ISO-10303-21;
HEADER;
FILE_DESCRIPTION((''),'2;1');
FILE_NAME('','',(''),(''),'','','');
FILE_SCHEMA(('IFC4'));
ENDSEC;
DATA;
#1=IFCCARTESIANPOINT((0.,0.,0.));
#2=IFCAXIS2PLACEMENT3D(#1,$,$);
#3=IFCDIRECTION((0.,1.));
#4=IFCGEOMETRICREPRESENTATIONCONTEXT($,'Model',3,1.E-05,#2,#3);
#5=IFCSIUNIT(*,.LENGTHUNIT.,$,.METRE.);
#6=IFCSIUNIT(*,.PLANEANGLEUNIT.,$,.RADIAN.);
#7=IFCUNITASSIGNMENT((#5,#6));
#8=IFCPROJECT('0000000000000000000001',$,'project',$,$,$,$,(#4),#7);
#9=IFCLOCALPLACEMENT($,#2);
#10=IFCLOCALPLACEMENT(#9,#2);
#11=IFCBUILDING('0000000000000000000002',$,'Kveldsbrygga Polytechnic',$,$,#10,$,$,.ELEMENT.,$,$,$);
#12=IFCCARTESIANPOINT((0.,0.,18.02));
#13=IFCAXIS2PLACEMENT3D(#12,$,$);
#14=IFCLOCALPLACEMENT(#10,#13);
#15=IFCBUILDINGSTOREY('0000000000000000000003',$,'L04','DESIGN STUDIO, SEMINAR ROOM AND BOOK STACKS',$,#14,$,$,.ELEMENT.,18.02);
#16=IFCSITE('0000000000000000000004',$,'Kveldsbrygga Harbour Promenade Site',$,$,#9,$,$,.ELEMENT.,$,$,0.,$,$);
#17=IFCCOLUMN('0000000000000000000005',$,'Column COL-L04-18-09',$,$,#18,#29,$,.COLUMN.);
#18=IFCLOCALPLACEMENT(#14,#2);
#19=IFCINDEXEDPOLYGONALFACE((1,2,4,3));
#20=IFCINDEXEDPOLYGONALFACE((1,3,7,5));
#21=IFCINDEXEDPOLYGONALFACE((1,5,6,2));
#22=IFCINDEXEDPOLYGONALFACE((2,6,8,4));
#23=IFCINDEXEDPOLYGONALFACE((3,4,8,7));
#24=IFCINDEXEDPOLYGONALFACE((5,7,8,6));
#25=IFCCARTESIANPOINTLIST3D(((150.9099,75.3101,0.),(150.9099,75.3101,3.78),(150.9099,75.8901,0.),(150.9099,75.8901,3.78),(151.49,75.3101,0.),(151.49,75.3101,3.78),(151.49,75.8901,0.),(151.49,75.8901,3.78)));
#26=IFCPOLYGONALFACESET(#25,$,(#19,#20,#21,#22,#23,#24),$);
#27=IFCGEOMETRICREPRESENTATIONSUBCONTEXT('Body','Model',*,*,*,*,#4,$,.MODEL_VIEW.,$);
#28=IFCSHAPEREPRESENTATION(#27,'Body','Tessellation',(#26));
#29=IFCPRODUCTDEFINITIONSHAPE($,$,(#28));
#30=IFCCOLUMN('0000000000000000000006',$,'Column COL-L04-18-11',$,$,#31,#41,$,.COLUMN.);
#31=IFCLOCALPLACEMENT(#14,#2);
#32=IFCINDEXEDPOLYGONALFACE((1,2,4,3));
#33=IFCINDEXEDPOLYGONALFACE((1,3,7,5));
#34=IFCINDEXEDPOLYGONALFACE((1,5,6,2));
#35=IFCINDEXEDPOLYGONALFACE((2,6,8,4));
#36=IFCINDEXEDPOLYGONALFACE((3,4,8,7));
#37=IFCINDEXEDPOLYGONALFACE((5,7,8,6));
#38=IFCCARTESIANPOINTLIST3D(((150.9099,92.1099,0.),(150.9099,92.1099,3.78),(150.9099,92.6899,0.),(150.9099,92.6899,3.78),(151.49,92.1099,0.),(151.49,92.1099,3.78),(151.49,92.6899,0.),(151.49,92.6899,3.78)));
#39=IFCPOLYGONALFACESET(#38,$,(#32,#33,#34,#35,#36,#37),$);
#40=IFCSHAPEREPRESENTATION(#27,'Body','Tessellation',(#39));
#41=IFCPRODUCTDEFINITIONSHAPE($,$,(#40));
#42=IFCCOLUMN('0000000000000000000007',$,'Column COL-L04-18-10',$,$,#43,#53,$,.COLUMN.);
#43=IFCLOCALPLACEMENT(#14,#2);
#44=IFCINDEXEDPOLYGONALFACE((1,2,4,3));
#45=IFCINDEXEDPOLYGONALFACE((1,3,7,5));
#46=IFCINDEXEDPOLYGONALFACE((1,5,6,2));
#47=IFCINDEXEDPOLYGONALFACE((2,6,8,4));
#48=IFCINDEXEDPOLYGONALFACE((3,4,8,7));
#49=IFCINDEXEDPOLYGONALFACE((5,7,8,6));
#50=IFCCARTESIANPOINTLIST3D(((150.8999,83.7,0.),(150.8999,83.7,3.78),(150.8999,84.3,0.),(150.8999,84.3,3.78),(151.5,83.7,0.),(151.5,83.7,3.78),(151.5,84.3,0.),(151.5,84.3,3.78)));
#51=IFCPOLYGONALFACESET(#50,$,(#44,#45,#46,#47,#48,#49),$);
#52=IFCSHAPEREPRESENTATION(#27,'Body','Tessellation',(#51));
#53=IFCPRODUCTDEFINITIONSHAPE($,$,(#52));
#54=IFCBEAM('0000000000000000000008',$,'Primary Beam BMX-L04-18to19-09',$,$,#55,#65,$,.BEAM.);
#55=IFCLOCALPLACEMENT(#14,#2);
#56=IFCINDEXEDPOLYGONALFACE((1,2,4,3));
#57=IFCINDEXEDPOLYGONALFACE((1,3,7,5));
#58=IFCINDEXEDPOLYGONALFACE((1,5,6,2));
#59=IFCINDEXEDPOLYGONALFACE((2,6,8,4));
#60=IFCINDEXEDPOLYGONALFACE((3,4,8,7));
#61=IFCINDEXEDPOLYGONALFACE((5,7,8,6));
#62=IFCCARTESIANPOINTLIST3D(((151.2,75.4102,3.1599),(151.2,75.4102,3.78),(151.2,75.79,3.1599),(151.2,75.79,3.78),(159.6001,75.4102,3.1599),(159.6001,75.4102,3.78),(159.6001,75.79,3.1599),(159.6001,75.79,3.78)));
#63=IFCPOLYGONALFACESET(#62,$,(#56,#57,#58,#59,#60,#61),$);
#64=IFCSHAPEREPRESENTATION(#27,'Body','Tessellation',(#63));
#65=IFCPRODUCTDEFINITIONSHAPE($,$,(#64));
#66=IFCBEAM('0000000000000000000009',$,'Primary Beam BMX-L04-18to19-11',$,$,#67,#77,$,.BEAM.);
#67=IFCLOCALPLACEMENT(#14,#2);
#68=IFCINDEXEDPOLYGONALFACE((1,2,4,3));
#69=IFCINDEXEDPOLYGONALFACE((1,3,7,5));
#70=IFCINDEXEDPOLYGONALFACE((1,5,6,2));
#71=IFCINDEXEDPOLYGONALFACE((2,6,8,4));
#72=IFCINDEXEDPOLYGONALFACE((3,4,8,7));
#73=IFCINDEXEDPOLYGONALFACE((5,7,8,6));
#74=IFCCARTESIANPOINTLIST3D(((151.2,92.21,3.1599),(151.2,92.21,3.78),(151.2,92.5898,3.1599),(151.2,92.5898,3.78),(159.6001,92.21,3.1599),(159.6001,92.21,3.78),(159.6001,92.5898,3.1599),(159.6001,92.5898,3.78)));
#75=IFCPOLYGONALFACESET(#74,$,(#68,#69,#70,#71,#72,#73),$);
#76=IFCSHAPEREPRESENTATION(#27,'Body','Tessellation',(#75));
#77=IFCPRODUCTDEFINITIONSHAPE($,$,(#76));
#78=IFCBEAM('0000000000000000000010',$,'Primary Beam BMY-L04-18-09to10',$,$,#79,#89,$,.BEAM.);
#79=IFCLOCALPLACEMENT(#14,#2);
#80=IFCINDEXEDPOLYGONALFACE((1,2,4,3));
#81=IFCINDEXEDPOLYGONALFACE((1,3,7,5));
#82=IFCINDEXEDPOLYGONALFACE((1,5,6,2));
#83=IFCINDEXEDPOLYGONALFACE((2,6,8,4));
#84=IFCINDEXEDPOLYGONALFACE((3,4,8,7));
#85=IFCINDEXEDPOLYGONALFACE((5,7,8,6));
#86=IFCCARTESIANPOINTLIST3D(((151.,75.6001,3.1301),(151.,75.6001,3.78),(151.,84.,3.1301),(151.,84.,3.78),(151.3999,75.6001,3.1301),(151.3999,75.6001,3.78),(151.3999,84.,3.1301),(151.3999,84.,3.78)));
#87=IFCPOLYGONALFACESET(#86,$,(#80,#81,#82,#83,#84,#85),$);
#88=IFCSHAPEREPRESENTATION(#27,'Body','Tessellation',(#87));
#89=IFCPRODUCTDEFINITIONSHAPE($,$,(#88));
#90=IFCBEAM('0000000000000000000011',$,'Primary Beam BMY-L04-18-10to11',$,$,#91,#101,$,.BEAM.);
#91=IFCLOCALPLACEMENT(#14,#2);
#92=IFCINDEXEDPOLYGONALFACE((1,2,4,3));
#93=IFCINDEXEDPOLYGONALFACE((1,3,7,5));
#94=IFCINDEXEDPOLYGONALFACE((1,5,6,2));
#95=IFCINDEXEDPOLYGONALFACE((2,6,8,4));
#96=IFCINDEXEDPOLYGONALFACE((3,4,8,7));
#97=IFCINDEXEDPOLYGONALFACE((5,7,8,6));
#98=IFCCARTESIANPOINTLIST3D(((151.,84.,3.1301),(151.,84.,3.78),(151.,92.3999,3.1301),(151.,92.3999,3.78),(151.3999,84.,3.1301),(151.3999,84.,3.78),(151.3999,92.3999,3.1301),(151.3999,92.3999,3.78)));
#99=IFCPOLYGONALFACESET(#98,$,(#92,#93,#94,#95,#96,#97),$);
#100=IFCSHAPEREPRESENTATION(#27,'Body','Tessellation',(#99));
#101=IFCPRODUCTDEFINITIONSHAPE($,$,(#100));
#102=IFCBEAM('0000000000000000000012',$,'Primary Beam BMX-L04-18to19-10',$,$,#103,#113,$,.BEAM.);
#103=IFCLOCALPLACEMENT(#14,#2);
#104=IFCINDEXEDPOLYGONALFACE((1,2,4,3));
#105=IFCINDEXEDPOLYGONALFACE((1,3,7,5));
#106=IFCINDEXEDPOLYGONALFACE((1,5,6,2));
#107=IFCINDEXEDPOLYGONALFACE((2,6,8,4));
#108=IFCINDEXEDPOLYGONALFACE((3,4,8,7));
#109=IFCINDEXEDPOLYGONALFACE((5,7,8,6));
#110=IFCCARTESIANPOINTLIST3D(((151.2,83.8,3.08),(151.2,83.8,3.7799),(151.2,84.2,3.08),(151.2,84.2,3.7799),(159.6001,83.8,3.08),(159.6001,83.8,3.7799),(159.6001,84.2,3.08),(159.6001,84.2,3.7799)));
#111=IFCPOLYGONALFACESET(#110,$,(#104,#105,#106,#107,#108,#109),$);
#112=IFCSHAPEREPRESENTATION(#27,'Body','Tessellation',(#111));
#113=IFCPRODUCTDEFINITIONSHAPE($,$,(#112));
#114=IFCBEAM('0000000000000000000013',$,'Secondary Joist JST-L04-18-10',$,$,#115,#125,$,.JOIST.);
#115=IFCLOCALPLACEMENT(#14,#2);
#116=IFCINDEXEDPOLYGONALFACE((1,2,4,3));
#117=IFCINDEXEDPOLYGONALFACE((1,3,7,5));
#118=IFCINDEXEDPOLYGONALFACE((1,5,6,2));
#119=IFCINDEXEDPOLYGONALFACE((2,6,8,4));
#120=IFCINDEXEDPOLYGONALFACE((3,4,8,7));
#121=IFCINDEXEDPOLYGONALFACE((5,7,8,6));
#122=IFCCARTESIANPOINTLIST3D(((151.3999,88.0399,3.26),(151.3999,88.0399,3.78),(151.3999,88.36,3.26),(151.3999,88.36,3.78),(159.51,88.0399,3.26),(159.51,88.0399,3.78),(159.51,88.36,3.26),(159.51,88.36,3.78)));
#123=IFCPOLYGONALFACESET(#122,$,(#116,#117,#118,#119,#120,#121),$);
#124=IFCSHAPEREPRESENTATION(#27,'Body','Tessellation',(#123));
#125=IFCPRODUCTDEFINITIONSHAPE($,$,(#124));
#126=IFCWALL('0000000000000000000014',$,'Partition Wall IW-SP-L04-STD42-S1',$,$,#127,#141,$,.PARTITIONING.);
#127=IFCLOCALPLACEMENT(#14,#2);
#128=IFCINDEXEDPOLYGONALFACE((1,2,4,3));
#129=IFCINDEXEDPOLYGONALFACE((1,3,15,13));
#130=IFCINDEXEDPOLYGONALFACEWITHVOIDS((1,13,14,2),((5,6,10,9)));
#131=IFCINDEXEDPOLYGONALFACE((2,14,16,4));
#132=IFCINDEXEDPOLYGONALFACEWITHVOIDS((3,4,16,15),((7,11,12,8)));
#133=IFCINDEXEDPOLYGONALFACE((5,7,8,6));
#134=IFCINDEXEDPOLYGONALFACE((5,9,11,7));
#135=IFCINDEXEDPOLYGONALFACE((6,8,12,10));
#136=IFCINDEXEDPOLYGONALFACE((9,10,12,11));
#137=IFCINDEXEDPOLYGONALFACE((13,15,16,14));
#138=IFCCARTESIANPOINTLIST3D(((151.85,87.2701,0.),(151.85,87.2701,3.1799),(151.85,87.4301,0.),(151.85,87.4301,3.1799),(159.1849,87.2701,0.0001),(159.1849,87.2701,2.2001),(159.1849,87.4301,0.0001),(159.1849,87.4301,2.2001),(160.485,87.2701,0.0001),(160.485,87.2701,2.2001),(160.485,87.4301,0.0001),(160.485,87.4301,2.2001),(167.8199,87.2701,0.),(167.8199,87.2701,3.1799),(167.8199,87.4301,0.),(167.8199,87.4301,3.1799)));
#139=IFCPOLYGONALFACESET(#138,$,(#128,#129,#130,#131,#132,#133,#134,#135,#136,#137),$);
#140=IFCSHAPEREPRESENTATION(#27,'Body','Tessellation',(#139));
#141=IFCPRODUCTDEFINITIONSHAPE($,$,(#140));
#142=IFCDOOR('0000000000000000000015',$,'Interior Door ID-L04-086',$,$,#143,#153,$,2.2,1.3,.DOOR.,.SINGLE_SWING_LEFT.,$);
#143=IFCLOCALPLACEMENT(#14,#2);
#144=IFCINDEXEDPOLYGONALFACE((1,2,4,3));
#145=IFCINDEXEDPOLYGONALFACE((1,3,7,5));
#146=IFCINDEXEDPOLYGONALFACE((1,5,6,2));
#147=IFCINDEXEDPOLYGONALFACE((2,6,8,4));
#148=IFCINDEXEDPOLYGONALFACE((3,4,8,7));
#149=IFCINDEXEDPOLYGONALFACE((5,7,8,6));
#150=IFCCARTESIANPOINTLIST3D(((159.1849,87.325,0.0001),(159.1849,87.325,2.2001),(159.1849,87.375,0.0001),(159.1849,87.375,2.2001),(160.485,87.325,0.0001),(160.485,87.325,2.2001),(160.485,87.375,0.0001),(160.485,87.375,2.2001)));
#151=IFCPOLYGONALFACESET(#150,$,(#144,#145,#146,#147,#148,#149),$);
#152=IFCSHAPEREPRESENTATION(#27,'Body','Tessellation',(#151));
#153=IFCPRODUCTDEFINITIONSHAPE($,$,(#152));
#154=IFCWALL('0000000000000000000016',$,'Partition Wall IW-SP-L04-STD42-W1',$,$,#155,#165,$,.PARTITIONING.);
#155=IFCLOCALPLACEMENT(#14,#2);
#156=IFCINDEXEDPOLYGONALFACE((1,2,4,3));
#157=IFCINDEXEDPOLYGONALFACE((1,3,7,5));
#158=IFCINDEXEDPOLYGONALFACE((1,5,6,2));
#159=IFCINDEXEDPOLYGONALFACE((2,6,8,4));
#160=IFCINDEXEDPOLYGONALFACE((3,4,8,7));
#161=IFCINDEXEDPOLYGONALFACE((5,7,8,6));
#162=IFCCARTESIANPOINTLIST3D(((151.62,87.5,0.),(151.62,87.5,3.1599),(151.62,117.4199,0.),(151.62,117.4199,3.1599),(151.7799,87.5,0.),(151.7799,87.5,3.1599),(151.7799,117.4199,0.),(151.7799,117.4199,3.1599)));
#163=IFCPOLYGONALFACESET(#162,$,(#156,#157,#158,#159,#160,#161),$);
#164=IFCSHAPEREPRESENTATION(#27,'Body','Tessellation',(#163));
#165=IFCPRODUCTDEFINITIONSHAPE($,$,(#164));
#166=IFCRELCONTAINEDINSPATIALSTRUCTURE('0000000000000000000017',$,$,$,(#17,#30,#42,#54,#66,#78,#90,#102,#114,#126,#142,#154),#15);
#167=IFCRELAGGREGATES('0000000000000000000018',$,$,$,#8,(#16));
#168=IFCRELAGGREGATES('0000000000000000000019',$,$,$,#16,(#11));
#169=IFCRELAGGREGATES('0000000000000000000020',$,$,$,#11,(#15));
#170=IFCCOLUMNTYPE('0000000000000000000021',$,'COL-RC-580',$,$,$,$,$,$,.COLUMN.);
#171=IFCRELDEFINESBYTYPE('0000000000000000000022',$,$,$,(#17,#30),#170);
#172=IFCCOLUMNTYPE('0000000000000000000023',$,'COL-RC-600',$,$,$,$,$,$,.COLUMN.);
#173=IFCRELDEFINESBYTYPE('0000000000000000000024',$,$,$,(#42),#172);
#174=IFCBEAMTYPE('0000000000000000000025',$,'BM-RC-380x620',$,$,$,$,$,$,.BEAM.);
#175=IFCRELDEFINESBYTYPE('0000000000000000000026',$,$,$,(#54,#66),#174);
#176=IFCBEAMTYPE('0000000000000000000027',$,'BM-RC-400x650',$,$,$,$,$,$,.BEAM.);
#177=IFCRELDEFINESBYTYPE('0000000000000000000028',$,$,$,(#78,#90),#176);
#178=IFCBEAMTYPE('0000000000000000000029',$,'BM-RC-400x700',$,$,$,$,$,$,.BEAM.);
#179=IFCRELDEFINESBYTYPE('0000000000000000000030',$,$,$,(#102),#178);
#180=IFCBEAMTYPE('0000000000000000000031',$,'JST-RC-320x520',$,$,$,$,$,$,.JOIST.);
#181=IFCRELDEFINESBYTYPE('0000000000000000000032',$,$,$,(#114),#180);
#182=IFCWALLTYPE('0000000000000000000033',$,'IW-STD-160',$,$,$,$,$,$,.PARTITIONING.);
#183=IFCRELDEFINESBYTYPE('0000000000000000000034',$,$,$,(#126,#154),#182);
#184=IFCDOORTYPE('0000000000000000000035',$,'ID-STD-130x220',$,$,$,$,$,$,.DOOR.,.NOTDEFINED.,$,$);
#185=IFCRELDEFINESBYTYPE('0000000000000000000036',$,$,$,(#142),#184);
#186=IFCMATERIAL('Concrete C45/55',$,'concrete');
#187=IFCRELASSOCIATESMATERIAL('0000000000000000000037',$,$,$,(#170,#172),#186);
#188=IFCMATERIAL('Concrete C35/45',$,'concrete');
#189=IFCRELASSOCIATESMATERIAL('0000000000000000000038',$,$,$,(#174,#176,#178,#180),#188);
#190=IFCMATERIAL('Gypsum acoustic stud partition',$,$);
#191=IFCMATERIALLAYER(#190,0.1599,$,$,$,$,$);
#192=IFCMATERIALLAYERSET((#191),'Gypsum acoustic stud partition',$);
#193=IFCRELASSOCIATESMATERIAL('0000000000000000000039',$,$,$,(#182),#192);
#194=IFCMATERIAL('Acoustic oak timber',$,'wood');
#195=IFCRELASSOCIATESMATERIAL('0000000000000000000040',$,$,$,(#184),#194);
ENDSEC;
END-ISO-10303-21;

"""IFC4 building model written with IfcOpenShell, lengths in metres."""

from ifc_helpers import new_model, si_unit, direction, frame, frame_2d, origin, origin_2d, place, context, subcontext, project, spatial, rectangle, extrude, material, layer, layer_set, material_profile, profile_set, type_object, element, fill, save


model = new_model("IFC4")

# Units and contexts
model_context = context("Model", 3, precision=1e-05, world=origin(), true_north=direction((0.0, 1.0)))
body_context = subcontext(model_context, "Body", "Model", "MODEL_VIEW")
ifc_project = project(units=[si_unit("LENGTHUNIT", "METRE"), si_unit("PLANEANGLEUNIT", "RADIAN")], contexts=[model_context])

# Site, building, storey
site_placement = place(None, origin())
site = spatial("IfcSite", under=ifc_project, at=site_placement, Name="Kveldsbrygga Harbour Promenade Site", CompositionType="ELEMENT", RefElevation=0.0)
building_placement = place(site_placement, origin())
building = spatial("IfcBuilding", under=site, at=building_placement, Name="Kveldsbrygga Polytechnic", CompositionType="ELEMENT")
storey_placement = place(building_placement, frame((0.0, 0.0, 18.02)))
storey = spatial("IfcBuildingStorey", under=building, at=storey_placement, Name="L04", Description="DESIGN STUDIO, SEMINAR ROOM AND BOOK STACKS", CompositionType="ELEMENT", Elevation=18.02)

# Columns
ifc_material_1 = material(Name="Concrete C45/55", Category="concrete")
ifc_material_profile_1 = material_profile(ifc_material_1, rectangle(XDim=0.5801, YDim=0.5801, at=origin_2d()), Name="RC 580x580")
ifc_profile_set_1 = profile_set([ifc_material_profile_1], Name="Concrete C45/55")
column_type_1 = type_object("IfcColumnType", Name="COL-RC-580", PredefinedType="COLUMN", material=ifc_profile_set_1)
for number, where, z_axis, x_axis, name in (
    (1, (151.2, 75.6001, 0.0), (0.0, 0.0, 1.0), (1.0, 0.0, 0.0), "Column COL-L04-18-09"),
    (2, (151.2, 92.3999, 0.0), (0.0, 0.0, 1.0), (1.0, 0.0, 0.0), "Column COL-L04-18-11"),
):
    element("IfcColumn", number, at=place(storey_placement, frame(where, z_axis=z_axis, x_axis=x_axis)), inside=storey, type_object=column_type_1, Name=name, PredefinedType="COLUMN", context=body_context, shape_type="SweptSolid", body=[
        extrude(rectangle(XDim=0.5801, YDim=0.5801, at=origin_2d()), origin(), (0.0, 0.0, 1.0), 3.78),
    ])
ifc_material_profile_2 = material_profile(ifc_material_1, rectangle(XDim=0.6001, YDim=0.6001, at=origin_2d()), Name="RC 600x600")
ifc_profile_set_2 = profile_set([ifc_material_profile_2], Name="Concrete C45/55")
column_type_2 = type_object("IfcColumnType", Name="COL-RC-600", PredefinedType="COLUMN", material=ifc_profile_set_2)
column_placement = place(storey_placement, frame((151.2, 84.0, 0.0), z_axis=(0.0, 0.0, 1.0), x_axis=(1.0, 0.0, 0.0)))
element("IfcColumn", 3, at=column_placement, inside=storey, type_object=column_type_2, Name="Column COL-L04-18-10", PredefinedType="COLUMN", context=body_context, shape_type="SweptSolid", body=[
    extrude(rectangle(XDim=0.6001, YDim=0.6001, at=origin_2d()), origin(), (0.0, 0.0, 1.0), 3.78),
])

# Beams
ifc_material_2 = material(Name="Concrete C35/45", Category="concrete")
ifc_material_profile_3 = material_profile(ifc_material_2, rectangle(XDim=0.3799, YDim=0.6201, at=origin_2d()), Name="RC 380x620")
ifc_profile_set_3 = profile_set([ifc_material_profile_3], Name="Concrete C35/45")
beam_type_1 = type_object("IfcBeamType", Name="BM-RC-380x620", PredefinedType="BEAM", material=ifc_profile_set_3)
for number, where, z_axis, x_axis, name in (
    (4, (151.2, 75.6001, 3.47), (1.0, 0.0, 0.0), (0.0, 1.0, 0.0), "Primary Beam BMX-L04-18to19-09"),
    (5, (151.2, 92.3999, 3.47), (1.0, 0.0, 0.0), (0.0, 1.0, 0.0), "Primary Beam BMX-L04-18to19-11"),
):
    element("IfcBeam", number, at=place(storey_placement, frame(where, z_axis=z_axis, x_axis=x_axis)), inside=storey, type_object=beam_type_1, Name=name, PredefinedType="BEAM", context=body_context, shape_type="SweptSolid", body=[
        extrude(rectangle(XDim=0.3799, YDim=0.6201, at=origin_2d()), origin(), (0.0, 0.0, 1.0), 8.4001),
    ])
ifc_material_profile_4 = material_profile(ifc_material_2, rectangle(XDim=0.3999, YDim=0.6499, at=origin_2d()), Name="RC 400x650")
ifc_profile_set_4 = profile_set([ifc_material_profile_4], Name="Concrete C35/45")
beam_type_2 = type_object("IfcBeamType", Name="BM-RC-400x650", PredefinedType="BEAM", material=ifc_profile_set_4)
for number, where, z_axis, x_axis, name in (
    (6, (151.2, 75.6001, 3.4551), (0.0, 1.0, 0.0), (-1.0, 0.0, 0.0), "Primary Beam BMY-L04-18-09to10"),
    (7, (151.2, 84.0, 3.4551), (0.0, 1.0, 0.0), (-1.0, 0.0, 0.0), "Primary Beam BMY-L04-18-10to11"),
):
    element("IfcBeam", number, at=place(storey_placement, frame(where, z_axis=z_axis, x_axis=x_axis)), inside=storey, type_object=beam_type_2, Name=name, PredefinedType="BEAM", context=body_context, shape_type="SweptSolid", body=[
        extrude(rectangle(XDim=0.3999, YDim=0.6499, at=origin_2d()), origin(), (0.0, 0.0, 1.0), 8.3999),
    ])
ifc_material_profile_5 = material_profile(ifc_material_2, rectangle(XDim=0.3999, YDim=0.7, at=origin_2d()), Name="RC 400x700")
ifc_profile_set_5 = profile_set([ifc_material_profile_5], Name="Concrete C35/45")
beam_type_3 = type_object("IfcBeamType", Name="BM-RC-400x700", PredefinedType="BEAM", material=ifc_profile_set_5)
beam_1_placement = place(storey_placement, frame((151.2, 84.0, 3.4299), z_axis=(1.0, 0.0, 0.0), x_axis=(0.0, 1.0, 0.0)))
element("IfcBeam", 8, at=beam_1_placement, inside=storey, type_object=beam_type_3, Name="Primary Beam BMX-L04-18to19-10", PredefinedType="BEAM", context=body_context, shape_type="SweptSolid", body=[
    extrude(rectangle(XDim=0.3999, YDim=0.7, at=origin_2d()), origin(), (0.0, 0.0, 1.0), 8.4001),
])
ifc_material_profile_6 = material_profile(ifc_material_2, rectangle(XDim=0.3201, YDim=0.52, at=origin_2d()), Name="RC 320x520")
ifc_profile_set_6 = profile_set([ifc_material_profile_6], Name="Concrete C35/45")
beam_type_4 = type_object("IfcBeamType", Name="JST-RC-320x520", PredefinedType="JOIST", material=ifc_profile_set_6)
beam_2_placement = place(storey_placement, frame((151.3999, 88.2, 3.52), z_axis=(1.0, 0.0, 0.0), x_axis=(0.0, 1.0, 0.0)))
element("IfcBeam", 9, at=beam_2_placement, inside=storey, type_object=beam_type_4, Name="Secondary Joist JST-L04-18-10", PredefinedType="JOIST", context=body_context, shape_type="SweptSolid", body=[
    extrude(rectangle(XDim=0.3201, YDim=0.52, at=origin_2d()), origin(), (0.0, 0.0, 1.0), 8.1101),
])

# Wall, opening, door
ifc_material_3 = material(Name="Gypsum acoustic stud partition")
ifc_layer_1 = layer(ifc_material_3, 0.1599)
ifc_layer_set_1 = layer_set([ifc_layer_1], Name="Gypsum acoustic stud partition")
wall_type_1 = type_object("IfcWallType", Name="IW-STD-160", PredefinedType="PARTITIONING", material=ifc_layer_set_1)
wall_1_placement = place(storey_placement, frame((151.8501, 87.3501, 0.0), z_axis=(0.0, 0.0, 1.0), x_axis=(1.0, 0.0, 0.0)))
wall_1 = element("IfcWall", 10, at=wall_1_placement, inside=storey, type_object=wall_type_1, Name="Partition Wall IW-SP-L04-STD42-S1", PredefinedType="PARTITIONING", context=body_context, shape_type="SweptSolid", body=[
    extrude(rectangle(XDim=15.97, YDim=0.1599, at=frame_2d((7.9849, 0.0))), origin(), (0.0, 0.0, 1.0), 3.1799),
])
opening_1_placement = place(wall_1_placement, frame((7.335, 0.0, 0.0)))
opening_1 = element("IfcOpeningElement", 11, at=opening_1_placement, cuts=wall_1, PredefinedType="OPENING", context=body_context, shape_type="SweptSolid", body=[
    extrude(rectangle(XDim=1.3, YDim=2.2, at=frame_2d((0.6499, 1.1001))), frame((0.0, 0.0898, 0.0), z_axis=(0.0, -1.0, 0.0), x_axis=(1.0, 0.0, 0.0)), (0.0, 0.0, 1.0), 0.1799),
])
ifc_material_4 = material(Name="Acoustic oak timber", Category="wood")
door_type_1 = type_object("IfcDoorType", Name="ID-STD-130x220", OperationType="NOTDEFINED", PredefinedType="DOOR", material=ifc_material_4)
door_1_placement = place(opening_1_placement, origin())
door_1 = element("IfcDoor", 12, at=door_1_placement, inside=storey, type_object=door_type_1, Name="Interior Door ID-L04-086", OperationType="SINGLE_SWING_LEFT", OverallHeight=2.2, OverallWidth=1.3, PredefinedType="DOOR", context=body_context, shape_type="SweptSolid", body=[
    extrude(rectangle(XDim=1.3, YDim=2.2, at=frame_2d((0.6499, 1.1001))), frame((0.0, 0.0249, 0.0), z_axis=(0.0, -1.0, 0.0), x_axis=(1.0, 0.0, 0.0)), (0.0, 0.0, 1.0), 0.05),
])
fill(opening_1, door_1)

# Wall
wall_2_placement = place(storey_placement, frame((151.7, 87.5, 0.0), z_axis=(0.0, 0.0, 1.0), x_axis=(0.0, 1.0, 0.0)))
element("IfcWall", 13, at=wall_2_placement, inside=storey, type_object=wall_type_1, Name="Partition Wall IW-SP-L04-STD42-W1", PredefinedType="PARTITIONING", context=body_context, shape_type="SweptSolid", body=[
    extrude(rectangle(XDim=29.9199, YDim=0.1599, at=frame_2d((14.96, 0.0))), origin(), (0.0, 0.0, 1.0), 3.1599),
])

save(model, "model.ifc")
